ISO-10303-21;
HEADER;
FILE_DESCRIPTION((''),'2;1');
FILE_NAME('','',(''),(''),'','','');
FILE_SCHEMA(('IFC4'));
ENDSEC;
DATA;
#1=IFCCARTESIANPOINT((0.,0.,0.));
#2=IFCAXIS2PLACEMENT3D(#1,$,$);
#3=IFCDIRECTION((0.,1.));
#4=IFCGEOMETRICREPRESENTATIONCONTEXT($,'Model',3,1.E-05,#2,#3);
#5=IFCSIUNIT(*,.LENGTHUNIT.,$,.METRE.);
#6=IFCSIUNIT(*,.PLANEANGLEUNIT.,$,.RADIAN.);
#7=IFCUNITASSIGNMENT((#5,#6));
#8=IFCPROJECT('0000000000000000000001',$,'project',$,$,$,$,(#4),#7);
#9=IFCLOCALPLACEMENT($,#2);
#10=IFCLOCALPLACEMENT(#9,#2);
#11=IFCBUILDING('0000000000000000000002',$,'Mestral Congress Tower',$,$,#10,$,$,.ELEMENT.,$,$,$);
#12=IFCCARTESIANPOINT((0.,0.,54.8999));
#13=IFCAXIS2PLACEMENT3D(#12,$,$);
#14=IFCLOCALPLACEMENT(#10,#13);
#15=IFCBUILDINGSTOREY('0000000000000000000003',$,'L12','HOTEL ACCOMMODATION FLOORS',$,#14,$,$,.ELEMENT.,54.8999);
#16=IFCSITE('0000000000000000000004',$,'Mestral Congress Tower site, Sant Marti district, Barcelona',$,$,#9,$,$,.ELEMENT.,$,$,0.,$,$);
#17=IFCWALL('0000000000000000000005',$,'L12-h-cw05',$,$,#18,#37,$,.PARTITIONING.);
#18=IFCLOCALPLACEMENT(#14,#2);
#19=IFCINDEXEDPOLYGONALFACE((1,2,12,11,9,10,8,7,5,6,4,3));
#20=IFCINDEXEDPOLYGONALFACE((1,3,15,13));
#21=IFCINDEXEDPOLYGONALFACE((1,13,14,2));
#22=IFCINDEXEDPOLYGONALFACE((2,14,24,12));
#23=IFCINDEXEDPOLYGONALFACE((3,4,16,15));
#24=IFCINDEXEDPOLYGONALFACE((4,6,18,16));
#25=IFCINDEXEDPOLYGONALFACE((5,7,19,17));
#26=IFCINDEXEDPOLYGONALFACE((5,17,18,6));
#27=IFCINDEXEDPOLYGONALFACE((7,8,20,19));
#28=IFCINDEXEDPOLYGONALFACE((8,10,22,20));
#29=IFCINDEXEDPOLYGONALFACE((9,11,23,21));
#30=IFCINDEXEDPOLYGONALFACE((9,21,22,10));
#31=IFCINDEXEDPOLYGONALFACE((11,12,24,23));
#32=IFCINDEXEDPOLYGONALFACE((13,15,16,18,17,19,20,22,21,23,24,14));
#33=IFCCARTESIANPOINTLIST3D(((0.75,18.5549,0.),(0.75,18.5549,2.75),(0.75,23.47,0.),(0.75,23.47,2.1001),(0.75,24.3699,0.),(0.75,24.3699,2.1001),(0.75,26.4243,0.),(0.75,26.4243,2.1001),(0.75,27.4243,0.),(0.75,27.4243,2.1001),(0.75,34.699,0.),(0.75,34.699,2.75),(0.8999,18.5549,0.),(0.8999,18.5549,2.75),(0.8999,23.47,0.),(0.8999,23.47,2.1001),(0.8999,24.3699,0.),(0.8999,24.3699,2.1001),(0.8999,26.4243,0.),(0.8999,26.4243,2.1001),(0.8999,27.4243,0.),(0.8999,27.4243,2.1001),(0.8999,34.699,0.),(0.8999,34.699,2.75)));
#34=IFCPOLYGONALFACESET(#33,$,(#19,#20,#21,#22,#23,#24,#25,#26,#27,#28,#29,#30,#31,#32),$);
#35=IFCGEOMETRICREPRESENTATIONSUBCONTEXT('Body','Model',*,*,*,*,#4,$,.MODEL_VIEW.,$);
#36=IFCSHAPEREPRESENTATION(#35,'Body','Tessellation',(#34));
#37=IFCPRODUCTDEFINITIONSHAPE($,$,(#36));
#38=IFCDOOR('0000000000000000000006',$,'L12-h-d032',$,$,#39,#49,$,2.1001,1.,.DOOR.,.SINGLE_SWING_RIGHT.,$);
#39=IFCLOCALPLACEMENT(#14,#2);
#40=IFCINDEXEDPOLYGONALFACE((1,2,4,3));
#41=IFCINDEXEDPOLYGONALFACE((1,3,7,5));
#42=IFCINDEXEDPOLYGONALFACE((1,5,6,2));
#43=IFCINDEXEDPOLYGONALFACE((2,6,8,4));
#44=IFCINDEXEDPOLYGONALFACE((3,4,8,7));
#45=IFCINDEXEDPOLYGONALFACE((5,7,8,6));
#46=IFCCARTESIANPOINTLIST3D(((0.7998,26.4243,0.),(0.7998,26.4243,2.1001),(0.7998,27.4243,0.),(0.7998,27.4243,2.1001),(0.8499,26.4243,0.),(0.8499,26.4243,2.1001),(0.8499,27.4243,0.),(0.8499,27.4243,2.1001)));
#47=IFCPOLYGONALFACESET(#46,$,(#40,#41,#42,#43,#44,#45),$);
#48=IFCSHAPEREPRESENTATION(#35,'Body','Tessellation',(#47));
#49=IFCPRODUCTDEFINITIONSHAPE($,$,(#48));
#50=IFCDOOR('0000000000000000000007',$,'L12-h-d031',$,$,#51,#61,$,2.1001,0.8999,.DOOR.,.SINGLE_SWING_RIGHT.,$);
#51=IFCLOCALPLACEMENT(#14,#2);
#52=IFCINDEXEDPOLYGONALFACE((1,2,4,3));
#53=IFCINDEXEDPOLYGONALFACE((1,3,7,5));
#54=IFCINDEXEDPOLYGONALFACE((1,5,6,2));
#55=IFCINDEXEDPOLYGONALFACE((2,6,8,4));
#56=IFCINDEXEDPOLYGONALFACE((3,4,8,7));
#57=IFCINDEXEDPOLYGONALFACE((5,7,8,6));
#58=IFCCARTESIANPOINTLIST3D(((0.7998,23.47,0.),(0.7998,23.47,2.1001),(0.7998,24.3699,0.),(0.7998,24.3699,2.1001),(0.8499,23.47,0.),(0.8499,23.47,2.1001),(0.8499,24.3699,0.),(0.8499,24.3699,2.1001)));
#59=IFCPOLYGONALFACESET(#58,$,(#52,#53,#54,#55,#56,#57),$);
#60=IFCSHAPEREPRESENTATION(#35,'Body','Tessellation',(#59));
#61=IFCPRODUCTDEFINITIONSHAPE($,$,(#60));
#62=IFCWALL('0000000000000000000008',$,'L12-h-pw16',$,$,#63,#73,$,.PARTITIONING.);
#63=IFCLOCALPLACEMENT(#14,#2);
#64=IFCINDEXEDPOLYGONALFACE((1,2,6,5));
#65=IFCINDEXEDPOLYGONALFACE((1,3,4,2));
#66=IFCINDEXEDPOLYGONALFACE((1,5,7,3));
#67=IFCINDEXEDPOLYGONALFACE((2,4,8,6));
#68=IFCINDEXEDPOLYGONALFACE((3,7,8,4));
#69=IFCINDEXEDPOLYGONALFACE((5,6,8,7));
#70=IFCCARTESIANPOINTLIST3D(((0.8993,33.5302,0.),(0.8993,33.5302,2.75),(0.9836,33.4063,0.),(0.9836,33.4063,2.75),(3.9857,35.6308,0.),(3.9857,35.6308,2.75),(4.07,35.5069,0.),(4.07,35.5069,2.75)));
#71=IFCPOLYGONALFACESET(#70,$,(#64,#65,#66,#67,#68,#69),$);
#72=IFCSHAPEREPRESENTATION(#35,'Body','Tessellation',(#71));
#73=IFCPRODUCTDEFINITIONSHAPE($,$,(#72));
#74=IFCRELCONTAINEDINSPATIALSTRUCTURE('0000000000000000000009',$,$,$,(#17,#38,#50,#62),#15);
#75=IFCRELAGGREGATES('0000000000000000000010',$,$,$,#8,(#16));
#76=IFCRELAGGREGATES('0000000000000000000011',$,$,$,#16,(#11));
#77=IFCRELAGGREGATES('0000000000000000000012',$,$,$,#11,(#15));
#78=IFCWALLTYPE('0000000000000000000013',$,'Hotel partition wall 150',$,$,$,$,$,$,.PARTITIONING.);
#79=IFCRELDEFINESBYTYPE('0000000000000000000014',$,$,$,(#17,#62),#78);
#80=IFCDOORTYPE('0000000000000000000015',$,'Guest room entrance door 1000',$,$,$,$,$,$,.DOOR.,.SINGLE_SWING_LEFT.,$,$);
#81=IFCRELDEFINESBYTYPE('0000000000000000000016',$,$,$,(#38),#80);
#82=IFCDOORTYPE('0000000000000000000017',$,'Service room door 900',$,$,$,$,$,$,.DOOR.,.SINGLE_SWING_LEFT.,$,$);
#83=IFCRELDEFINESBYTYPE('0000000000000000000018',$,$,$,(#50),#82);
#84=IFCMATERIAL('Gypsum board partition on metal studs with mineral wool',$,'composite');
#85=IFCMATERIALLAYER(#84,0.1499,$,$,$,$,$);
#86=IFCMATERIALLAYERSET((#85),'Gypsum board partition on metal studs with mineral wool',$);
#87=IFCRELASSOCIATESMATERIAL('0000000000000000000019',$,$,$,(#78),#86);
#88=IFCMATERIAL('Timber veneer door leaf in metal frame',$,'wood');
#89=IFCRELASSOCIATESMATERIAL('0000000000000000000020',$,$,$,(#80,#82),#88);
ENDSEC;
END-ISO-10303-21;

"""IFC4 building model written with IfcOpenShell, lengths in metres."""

from ifc_helpers import new_model, si_unit, direction, frame, frame_2d, origin, place, context, subcontext, project, spatial, rectangle, extrude, material, layer, layer_set, type_object, element, fill, save


model = new_model("IFC4")

# Units and contexts
model_context = context("Model", 3, precision=1e-05, world=origin(), true_north=direction((0.0, 1.0)))
body_context = subcontext(model_context, "Body", "Model", "MODEL_VIEW")
ifc_project = project(units=[si_unit("LENGTHUNIT", "METRE"), si_unit("PLANEANGLEUNIT", "RADIAN")], contexts=[model_context])

# Site, building, storey
site_placement = place(None, origin())
site = spatial("IfcSite", under=ifc_project, at=site_placement, Name="Mestral Congress Tower site, Sant Marti district, Barcelona", CompositionType="ELEMENT", RefElevation=0.0)
building_placement = place(site_placement, origin())
building = spatial("IfcBuilding", under=site, at=building_placement, Name="Mestral Congress Tower", CompositionType="ELEMENT")
storey_placement = place(building_placement, frame((0.0, 0.0, 54.8999)))
storey = spatial("IfcBuildingStorey", under=building, at=storey_placement, Name="L12", Description="HOTEL ACCOMMODATION FLOORS", CompositionType="ELEMENT", Elevation=54.8999)

# Shared definitions
ifc_material_1 = material(Name="Gypsum board partition on metal studs with mineral wool", Category="composite")

# Wall, openings, doors
ifc_layer_1 = layer(ifc_material_1, 0.1499)
ifc_layer_set_1 = layer_set([ifc_layer_1], Name="Gypsum board partition on metal studs with mineral wool")
wall_type_1 = type_object("IfcWallType", Name="Hotel partition wall 150", PredefinedType="PARTITIONING", material=ifc_layer_set_1)
wall_1_placement = place(storey_placement, frame((0.825, 34.699, 0.0), z_axis=(0.0, 0.0, 1.0), x_axis=(0.0, -1.0, 0.0)))
wall_1 = element("IfcWall", 1, at=wall_1_placement, inside=storey, type_object=wall_type_1, Name="L12-h-cw05", PredefinedType="PARTITIONING", context=body_context, shape_type="SweptSolid", body=[
    extrude(rectangle(XDim=16.144, YDim=0.1499, at=frame_2d((8.072, 0.0))), origin(), (0.0, 0.0, 1.0), 2.75),
])
opening_1_placement = place(wall_1_placement, frame((10.3291, 0.0, 0.0)))
opening_1 = element("IfcOpeningElement", 2, at=opening_1_placement, cuts=wall_1, PredefinedType="OPENING", context=body_context, shape_type="SweptSolid", body=[
    extrude(rectangle(XDim=0.8999, YDim=2.1001, at=frame_2d((0.45, 1.05))), frame((0.0, 0.085, 0.0), z_axis=(0.0, -1.0, 0.0), x_axis=(1.0, 0.0, 0.0)), (0.0, 0.0, 1.0), 0.1699),
])
opening_2_placement = place(wall_1_placement, frame((7.2747, 0.0, 0.0)))
opening_2 = element("IfcOpeningElement", 3, at=opening_2_placement, cuts=wall_1, PredefinedType="OPENING", context=body_context, shape_type="SweptSolid", body=[
    extrude(rectangle(XDim=1.0, YDim=2.1001, at=frame_2d((0.5, 1.05))), frame((0.0, 0.085, 0.0), z_axis=(0.0, -1.0, 0.0), x_axis=(1.0, 0.0, 0.0)), (0.0, 0.0, 1.0), 0.1699),
])
ifc_material_2 = material(Name="Timber veneer door leaf in metal frame", Category="wood")
door_type_1 = type_object("IfcDoorType", Name="Guest room entrance door 1000", OperationType="SINGLE_SWING_LEFT", PredefinedType="DOOR", material=ifc_material_2)
door_1_placement = place(opening_2_placement, origin())
door_1 = element("IfcDoor", 4, at=door_1_placement, inside=storey, type_object=door_type_1, Name="L12-h-d032", OperationType="SINGLE_SWING_RIGHT", OverallHeight=2.1001, OverallWidth=1.0, PredefinedType="DOOR", context=body_context, shape_type="SweptSolid", body=[
    extrude(rectangle(XDim=1.0, YDim=2.1001, at=frame_2d((0.5, 1.05))), frame((0.0, 0.0249, 0.0), z_axis=(0.0, -1.0, 0.0), x_axis=(1.0, 0.0, 0.0)), (0.0, 0.0, 1.0), 0.05),
])
fill(opening_2, door_1)
door_type_2 = type_object("IfcDoorType", Name="Service room door 900", OperationType="SINGLE_SWING_LEFT", PredefinedType="DOOR", material=ifc_material_2)
door_2_placement = place(opening_1_placement, origin())
door_2 = element("IfcDoor", 5, at=door_2_placement, inside=storey, type_object=door_type_2, Name="L12-h-d031", OperationType="SINGLE_SWING_RIGHT", OverallHeight=2.1001, OverallWidth=0.8999, PredefinedType="DOOR", context=body_context, shape_type="SweptSolid", body=[
    extrude(rectangle(XDim=0.8999, YDim=2.1001, at=frame_2d((0.45, 1.05))), frame((0.0, 0.0249, 0.0), z_axis=(0.0, -1.0, 0.0), x_axis=(1.0, 0.0, 0.0)), (0.0, 0.0, 1.0), 0.05),
])
fill(opening_1, door_2)

# Wall
wall_2_placement = place(storey_placement, frame((4.0278, 35.5688, 0.0), z_axis=(0.0, 0.0, 1.0), x_axis=(-0.8267, -0.562643, 0.0)))
element("IfcWall", 6, at=wall_2_placement, inside=storey, type_object=wall_type_1, Name="L12-h-pw16", PredefinedType="PARTITIONING", context=body_context, shape_type="SweptSolid", body=[
    extrude(rectangle(XDim=3.7334, YDim=0.1499, at=frame_2d((1.8667, 0.0))), origin(), (0.0, 0.0, 1.0), 2.75),
])

save(model, "model.ifc")
